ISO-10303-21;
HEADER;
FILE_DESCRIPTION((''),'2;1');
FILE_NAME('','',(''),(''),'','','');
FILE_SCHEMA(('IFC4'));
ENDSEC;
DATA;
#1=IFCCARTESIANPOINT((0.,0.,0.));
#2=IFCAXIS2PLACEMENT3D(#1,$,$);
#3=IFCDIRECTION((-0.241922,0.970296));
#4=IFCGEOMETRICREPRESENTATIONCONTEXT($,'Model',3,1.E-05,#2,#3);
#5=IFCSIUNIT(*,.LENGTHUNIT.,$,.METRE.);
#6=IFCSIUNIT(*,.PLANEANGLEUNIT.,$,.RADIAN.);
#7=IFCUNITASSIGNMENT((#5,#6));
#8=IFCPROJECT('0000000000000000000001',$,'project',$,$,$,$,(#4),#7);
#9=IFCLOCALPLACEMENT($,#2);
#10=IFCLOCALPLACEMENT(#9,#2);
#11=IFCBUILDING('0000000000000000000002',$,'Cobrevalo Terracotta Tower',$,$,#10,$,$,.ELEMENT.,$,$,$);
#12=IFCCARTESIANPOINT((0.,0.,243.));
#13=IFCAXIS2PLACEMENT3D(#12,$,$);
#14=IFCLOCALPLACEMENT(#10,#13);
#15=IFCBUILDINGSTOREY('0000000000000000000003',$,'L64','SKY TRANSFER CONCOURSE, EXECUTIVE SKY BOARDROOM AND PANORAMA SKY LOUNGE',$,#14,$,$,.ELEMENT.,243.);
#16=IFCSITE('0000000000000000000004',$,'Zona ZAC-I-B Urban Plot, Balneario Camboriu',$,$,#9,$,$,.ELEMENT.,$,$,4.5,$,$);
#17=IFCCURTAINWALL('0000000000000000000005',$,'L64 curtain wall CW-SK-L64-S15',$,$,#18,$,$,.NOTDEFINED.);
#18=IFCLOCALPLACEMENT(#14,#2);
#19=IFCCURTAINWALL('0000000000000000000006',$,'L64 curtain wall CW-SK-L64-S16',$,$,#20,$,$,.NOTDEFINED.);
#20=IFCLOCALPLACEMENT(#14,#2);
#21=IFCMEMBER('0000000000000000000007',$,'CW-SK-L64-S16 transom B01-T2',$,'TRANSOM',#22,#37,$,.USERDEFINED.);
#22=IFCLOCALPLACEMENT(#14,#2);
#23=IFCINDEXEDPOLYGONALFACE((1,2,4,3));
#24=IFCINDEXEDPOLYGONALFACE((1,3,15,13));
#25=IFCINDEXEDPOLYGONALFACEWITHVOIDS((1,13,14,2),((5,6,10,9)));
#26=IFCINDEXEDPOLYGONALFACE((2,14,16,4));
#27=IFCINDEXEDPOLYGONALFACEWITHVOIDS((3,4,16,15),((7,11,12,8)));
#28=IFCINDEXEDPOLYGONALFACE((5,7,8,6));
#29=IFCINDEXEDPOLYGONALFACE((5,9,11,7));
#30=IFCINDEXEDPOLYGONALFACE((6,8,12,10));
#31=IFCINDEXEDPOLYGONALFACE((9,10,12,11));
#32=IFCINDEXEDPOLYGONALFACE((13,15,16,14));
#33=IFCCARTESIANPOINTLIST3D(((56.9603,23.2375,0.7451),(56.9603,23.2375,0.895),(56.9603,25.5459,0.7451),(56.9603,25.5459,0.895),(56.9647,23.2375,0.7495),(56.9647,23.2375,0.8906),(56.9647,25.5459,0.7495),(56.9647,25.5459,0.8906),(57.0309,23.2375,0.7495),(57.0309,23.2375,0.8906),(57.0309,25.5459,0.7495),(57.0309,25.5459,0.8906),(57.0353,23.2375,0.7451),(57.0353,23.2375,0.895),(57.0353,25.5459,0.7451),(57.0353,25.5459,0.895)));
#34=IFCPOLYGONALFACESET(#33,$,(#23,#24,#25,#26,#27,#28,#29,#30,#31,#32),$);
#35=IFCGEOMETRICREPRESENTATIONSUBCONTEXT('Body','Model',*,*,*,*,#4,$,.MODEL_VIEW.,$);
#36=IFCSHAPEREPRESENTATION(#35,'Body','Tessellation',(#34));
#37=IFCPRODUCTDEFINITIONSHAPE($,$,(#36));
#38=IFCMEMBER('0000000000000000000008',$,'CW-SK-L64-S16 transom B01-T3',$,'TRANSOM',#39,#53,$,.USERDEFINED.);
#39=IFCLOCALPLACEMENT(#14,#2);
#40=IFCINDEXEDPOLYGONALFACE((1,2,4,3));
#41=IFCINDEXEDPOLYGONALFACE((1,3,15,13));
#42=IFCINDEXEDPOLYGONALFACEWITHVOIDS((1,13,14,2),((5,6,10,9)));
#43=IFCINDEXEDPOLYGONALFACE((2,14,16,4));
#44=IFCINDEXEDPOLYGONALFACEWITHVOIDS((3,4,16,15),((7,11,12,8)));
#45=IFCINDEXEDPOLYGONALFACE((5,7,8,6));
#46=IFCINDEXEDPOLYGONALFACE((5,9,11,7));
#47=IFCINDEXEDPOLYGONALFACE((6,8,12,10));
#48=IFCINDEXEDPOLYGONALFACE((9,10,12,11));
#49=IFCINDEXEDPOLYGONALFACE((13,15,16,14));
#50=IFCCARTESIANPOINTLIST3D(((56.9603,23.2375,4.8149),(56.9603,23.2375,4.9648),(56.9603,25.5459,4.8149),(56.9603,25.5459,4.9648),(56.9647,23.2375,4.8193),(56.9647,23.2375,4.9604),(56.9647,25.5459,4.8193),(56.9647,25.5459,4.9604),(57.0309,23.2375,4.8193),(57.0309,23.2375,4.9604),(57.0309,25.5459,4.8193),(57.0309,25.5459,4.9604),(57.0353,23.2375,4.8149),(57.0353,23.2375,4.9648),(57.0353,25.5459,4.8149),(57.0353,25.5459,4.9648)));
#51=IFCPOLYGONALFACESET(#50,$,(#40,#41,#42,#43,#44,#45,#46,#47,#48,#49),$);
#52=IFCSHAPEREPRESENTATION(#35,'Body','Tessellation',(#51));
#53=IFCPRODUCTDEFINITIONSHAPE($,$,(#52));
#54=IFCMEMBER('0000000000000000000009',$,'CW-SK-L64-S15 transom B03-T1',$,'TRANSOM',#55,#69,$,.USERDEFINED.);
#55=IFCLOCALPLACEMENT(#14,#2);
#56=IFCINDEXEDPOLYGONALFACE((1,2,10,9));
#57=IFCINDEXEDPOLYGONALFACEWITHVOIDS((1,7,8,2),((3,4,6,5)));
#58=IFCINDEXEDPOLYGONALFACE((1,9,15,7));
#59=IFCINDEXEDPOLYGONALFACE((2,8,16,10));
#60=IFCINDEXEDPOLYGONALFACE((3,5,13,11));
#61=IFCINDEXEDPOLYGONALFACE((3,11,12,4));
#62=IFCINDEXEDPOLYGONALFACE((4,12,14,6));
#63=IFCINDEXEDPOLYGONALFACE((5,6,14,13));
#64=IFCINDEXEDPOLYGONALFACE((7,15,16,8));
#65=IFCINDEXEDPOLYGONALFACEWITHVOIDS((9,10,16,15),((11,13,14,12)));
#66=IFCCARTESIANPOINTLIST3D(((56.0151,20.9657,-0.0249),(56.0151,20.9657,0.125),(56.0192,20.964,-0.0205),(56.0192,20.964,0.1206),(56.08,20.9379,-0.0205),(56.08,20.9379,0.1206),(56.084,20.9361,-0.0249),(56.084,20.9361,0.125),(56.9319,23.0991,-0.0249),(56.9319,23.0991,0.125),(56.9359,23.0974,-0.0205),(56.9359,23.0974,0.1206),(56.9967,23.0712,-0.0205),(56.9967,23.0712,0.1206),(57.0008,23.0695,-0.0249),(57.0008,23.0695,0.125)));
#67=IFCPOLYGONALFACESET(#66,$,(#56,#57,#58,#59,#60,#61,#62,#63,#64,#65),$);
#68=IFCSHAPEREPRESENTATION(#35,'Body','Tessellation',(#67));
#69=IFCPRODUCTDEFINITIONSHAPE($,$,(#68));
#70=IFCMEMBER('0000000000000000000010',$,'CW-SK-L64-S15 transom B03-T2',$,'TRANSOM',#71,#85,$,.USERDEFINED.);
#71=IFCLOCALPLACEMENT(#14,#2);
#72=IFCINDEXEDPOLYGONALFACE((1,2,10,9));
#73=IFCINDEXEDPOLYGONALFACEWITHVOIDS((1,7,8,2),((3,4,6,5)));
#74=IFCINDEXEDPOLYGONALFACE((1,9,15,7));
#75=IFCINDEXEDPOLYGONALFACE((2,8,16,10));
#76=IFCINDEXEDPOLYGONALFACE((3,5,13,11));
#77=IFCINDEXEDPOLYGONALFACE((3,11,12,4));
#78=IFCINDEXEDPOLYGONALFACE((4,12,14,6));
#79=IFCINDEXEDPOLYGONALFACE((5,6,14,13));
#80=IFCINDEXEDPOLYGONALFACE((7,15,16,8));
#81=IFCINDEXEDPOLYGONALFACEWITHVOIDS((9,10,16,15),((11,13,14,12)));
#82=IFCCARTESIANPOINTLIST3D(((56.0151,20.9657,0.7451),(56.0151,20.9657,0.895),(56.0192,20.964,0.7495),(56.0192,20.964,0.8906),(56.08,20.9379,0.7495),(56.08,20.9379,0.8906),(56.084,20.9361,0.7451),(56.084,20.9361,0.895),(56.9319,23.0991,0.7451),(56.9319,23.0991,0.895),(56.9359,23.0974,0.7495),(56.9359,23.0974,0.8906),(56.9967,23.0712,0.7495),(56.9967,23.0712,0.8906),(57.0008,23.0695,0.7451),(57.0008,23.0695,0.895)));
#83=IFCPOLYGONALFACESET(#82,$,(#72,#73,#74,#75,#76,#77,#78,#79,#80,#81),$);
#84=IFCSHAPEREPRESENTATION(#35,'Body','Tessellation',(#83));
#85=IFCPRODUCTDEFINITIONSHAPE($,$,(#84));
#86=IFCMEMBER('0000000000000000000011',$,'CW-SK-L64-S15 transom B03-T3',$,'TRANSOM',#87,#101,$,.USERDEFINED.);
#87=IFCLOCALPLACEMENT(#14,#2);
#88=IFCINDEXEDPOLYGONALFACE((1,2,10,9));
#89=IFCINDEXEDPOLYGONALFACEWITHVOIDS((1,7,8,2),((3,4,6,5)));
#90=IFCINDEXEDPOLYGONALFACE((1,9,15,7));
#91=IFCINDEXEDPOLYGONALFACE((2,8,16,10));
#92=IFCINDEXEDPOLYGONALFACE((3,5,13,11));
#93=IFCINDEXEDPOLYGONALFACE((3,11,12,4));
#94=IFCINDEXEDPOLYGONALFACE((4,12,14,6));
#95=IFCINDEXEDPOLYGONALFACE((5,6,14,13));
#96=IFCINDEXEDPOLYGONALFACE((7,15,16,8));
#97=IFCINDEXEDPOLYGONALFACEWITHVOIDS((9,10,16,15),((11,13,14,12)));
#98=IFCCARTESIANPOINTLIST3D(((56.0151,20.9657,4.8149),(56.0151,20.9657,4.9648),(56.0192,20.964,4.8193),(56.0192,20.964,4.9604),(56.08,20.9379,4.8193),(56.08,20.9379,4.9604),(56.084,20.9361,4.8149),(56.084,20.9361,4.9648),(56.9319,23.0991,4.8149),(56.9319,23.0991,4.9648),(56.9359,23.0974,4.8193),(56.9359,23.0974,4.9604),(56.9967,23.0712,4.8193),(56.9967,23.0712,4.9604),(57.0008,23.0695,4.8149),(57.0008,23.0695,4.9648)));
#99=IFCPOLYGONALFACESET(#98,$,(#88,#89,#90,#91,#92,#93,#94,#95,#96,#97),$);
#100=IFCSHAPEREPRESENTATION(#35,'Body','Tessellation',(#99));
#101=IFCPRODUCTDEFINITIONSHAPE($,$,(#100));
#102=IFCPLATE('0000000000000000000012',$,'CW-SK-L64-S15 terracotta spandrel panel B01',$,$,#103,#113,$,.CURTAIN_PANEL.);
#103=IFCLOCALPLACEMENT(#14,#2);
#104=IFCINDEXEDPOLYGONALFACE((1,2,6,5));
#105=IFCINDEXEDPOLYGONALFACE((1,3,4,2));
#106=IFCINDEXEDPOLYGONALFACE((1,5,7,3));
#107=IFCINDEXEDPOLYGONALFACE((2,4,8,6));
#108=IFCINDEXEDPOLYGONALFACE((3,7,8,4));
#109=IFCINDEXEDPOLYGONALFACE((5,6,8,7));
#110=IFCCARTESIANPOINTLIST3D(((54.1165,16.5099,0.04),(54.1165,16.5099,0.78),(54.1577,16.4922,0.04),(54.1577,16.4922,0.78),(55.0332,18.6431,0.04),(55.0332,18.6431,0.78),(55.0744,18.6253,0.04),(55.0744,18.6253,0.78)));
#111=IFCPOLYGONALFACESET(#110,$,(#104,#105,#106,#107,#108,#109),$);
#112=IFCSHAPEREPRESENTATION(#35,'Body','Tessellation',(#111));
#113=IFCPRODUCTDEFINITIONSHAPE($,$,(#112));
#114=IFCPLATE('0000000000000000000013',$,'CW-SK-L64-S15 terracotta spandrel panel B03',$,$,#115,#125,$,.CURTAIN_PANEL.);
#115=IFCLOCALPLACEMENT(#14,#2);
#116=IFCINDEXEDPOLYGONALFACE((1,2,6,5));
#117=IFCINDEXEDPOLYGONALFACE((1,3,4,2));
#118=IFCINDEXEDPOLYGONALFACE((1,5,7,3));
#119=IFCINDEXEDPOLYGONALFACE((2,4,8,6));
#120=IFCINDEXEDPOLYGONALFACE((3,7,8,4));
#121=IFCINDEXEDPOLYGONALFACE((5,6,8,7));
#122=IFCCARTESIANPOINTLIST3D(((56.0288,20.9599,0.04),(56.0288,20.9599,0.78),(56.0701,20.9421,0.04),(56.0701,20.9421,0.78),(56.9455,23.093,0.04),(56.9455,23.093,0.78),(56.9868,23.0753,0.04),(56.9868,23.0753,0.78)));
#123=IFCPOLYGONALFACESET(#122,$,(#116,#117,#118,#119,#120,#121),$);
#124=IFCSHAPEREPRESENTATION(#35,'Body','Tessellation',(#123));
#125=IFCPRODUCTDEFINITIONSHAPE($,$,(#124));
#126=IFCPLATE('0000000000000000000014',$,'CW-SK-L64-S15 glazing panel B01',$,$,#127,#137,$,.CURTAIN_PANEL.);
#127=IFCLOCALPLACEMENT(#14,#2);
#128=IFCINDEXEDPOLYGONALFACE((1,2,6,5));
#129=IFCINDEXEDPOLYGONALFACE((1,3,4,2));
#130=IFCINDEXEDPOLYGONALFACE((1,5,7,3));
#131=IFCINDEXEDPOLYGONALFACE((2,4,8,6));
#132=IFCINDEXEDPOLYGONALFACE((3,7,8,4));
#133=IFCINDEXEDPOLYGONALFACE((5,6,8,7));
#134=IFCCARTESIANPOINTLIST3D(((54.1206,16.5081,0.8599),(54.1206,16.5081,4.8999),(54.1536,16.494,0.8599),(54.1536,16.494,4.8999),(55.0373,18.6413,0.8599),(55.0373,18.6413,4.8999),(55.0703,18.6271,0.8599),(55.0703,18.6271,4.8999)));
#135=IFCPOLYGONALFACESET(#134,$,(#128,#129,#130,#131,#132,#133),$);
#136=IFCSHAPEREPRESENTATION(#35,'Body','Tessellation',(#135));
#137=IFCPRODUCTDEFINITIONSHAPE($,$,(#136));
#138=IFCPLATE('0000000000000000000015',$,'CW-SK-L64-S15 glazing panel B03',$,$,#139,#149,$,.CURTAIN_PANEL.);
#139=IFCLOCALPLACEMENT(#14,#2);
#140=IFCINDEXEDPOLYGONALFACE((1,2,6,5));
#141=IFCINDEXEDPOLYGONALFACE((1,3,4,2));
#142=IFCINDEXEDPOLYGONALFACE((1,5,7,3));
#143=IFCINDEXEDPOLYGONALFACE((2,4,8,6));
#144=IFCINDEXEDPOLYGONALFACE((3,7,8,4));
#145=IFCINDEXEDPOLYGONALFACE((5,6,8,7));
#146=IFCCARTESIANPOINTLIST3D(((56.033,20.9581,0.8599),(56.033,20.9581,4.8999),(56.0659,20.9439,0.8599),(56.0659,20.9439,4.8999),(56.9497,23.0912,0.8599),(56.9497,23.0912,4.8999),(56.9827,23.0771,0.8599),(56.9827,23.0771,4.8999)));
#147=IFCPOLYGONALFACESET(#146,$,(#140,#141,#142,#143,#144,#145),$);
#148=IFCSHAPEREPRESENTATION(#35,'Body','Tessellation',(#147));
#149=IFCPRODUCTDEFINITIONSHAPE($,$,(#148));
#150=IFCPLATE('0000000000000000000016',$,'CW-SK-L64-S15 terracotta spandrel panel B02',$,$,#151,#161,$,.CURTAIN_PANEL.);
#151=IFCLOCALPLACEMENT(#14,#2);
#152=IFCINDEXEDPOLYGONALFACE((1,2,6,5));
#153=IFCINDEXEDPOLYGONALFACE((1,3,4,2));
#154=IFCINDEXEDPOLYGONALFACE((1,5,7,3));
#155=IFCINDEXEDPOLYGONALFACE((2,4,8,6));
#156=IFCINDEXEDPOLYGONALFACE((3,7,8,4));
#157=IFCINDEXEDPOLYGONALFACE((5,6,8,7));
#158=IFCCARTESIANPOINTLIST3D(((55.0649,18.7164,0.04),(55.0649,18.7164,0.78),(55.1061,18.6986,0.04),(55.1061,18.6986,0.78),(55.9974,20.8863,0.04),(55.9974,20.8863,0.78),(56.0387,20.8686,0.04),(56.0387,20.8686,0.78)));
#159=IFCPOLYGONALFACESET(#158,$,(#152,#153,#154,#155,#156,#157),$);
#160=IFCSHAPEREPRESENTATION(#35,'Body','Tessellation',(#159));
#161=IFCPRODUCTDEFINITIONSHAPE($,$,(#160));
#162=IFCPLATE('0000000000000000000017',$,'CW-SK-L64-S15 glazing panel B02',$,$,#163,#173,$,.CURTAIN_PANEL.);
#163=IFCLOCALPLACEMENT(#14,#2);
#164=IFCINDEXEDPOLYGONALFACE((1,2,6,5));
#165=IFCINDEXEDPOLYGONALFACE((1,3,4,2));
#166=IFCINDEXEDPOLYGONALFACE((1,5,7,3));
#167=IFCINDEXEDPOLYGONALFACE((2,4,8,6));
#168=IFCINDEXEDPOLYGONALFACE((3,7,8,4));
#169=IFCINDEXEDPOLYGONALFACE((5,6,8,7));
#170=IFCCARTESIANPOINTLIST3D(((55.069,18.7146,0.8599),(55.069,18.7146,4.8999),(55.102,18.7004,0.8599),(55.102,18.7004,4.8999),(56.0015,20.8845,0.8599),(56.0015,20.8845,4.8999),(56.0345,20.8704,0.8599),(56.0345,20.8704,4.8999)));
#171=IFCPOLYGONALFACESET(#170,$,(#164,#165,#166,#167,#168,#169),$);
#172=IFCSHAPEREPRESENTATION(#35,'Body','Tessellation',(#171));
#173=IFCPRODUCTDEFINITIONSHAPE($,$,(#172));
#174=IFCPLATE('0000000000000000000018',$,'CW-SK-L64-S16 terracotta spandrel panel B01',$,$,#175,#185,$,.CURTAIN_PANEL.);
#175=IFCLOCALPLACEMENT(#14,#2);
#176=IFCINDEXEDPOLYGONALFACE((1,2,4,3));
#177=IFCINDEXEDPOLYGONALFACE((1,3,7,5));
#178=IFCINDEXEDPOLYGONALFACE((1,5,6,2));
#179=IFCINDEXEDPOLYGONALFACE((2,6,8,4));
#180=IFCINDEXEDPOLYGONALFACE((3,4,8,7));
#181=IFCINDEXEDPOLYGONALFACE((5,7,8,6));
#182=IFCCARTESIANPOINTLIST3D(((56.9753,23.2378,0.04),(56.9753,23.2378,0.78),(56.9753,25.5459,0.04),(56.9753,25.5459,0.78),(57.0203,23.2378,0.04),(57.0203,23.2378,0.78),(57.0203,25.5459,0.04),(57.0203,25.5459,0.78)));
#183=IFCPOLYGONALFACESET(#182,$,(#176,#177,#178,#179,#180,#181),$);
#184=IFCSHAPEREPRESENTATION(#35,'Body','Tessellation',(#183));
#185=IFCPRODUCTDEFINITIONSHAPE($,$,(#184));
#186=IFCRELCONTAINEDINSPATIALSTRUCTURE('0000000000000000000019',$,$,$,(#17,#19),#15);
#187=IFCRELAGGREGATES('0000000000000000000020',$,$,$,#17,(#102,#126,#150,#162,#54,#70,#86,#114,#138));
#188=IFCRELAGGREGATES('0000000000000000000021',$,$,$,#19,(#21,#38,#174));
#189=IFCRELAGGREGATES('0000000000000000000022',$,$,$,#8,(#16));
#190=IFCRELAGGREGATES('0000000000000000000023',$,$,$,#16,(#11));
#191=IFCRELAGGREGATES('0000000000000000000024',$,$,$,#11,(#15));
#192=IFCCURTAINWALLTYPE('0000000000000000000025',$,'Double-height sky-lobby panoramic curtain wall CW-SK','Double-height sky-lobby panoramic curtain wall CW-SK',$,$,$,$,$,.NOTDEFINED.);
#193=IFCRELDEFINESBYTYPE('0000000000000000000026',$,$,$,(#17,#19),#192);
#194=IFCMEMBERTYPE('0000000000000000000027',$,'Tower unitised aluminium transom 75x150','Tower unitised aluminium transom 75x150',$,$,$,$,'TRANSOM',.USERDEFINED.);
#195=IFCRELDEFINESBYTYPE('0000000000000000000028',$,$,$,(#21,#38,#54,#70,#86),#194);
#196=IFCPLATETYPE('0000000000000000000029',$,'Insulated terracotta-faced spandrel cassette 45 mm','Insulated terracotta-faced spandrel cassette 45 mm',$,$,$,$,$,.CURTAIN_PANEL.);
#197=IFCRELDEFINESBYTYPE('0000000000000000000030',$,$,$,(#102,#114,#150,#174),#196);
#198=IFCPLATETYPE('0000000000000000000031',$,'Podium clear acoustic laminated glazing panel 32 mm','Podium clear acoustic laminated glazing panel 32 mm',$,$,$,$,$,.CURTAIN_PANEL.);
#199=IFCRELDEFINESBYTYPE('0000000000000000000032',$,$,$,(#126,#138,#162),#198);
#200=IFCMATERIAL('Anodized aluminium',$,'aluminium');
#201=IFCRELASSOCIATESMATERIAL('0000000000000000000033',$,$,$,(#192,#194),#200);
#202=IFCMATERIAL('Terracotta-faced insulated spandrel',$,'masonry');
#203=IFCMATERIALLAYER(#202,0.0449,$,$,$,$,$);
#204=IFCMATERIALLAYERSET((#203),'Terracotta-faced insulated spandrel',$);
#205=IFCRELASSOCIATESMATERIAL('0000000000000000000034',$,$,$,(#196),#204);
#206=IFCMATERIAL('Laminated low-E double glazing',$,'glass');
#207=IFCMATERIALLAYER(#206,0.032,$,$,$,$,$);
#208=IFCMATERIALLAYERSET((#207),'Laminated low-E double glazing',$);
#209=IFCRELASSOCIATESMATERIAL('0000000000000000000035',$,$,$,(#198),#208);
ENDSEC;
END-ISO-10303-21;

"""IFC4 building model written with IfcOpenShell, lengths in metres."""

from ifc_helpers import new_model, si_unit, direction, frame, origin, origin_2d, place, context, subcontext, project, spatial, rectangle, hollow_rectangle, extrude, source, transform, mapped, material, layer, layer_set, material_profile, profile_set, type_object, element, aggregate, save


model = new_model("IFC4")

# Units and contexts
model_context = context("Model", 3, precision=1e-05, world=origin(), true_north=direction((-0.241922, 0.970296)))
body_context = subcontext(model_context, "Body", "Model", "MODEL_VIEW")
ifc_project = project(units=[si_unit("LENGTHUNIT", "METRE"), si_unit("PLANEANGLEUNIT", "RADIAN")], contexts=[model_context])

# Site, building, storey
site_placement = place(None, origin())
site = spatial("IfcSite", under=ifc_project, at=site_placement, Name="Zona ZAC-I-B Urban Plot, Balneario Camboriu", CompositionType="ELEMENT", RefElevation=4.5)
building_placement = place(site_placement, origin())
building = spatial("IfcBuilding", under=site, at=building_placement, Name="Cobrevalo Terracotta Tower", CompositionType="ELEMENT")
storey_placement = place(building_placement, frame((0.0, 0.0, 243.0)))
storey = spatial("IfcBuildingStorey", under=building, at=storey_placement, Name="L64", Description="SKY TRANSFER CONCOURSE, EXECUTIVE SKY BOARDROOM AND PANORAMA SKY LOUNGE", CompositionType="ELEMENT", Elevation=243.0)

# Curtain wall
ifc_material_1 = material(Name="Anodized aluminium", Category="aluminium")
curtain_wall_type = type_object("IfcCurtainWallType", Name="Double-height sky-lobby panoramic curtain wall CW-SK", Description="Double-height sky-lobby panoramic curtain wall CW-SK", PredefinedType="NOTDEFINED", material=ifc_material_1)
curtain_wall_1_placement = place(storey_placement, origin())
curtain_wall_1 = element("IfcCurtainWall", 1, at=curtain_wall_1_placement, inside=storey, type_object=curtain_wall_type, Name="L64 curtain wall CW-SK-L64-S15", PredefinedType="NOTDEFINED")

# Curtain wall
curtain_wall_2_placement = place(storey_placement, origin())
curtain_wall_2 = element("IfcCurtainWall", 2, at=curtain_wall_2_placement, inside=storey, type_object=curtain_wall_type, Name="L64 curtain wall CW-SK-L64-S16", PredefinedType="NOTDEFINED")

# Members
ifc_material_profile_1 = material_profile(ifc_material_1, hollow_rectangle(XDim=0.075, YDim=0.1499, WallThickness=0.0044, at=origin_2d()), Name="CWT 75x150")
ifc_profile_set_1 = profile_set([ifc_material_profile_1], Name="Anodized aluminium")
member_type_1 = type_object("IfcMemberType", Name="Tower unitised aluminium transom 75x150", Description="Tower unitised aluminium transom 75x150", ElementType="TRANSOM", PredefinedType="USERDEFINED", material=ifc_profile_set_1)
shared_shape_1 = source(origin(), body_context, "Body", "SweptSolid", [
    extrude(hollow_rectangle(XDim=0.075, YDim=0.1499, WallThickness=0.0044, at=origin_2d()), origin(), (0.0, 0.0, 1.0), 2.3083),
])
member_1_placement = place(storey_placement, frame((56.9978, 23.2375, 0.8201), z_axis=(0.0, 1.0, 0.0), x_axis=(-1.0, 0.0, 0.0)))
member_1 = element("IfcMember", 3, at=member_1_placement, type_object=member_type_1, Name="CW-SK-L64-S16 transom B01-T2", ObjectType="TRANSOM", PredefinedType="USERDEFINED", context=body_context, shape_type="MappedRepresentation", body=[
    mapped(shared_shape_1, transform((0.0, 0.0, 0.0), scale=1.0)),
])
member_2_placement = place(storey_placement, frame((56.9978, 23.2375, 4.8899), z_axis=(0.0, 1.0, 0.0), x_axis=(-1.0, 0.0, 0.0)))
member_2 = element("IfcMember", 4, at=member_2_placement, type_object=member_type_1, Name="CW-SK-L64-S16 transom B01-T3", ObjectType="TRANSOM", PredefinedType="USERDEFINED", context=body_context, shape_type="MappedRepresentation", body=[
    mapped(shared_shape_1, transform((0.0, 0.0, 0.0), scale=1.0)),
])
shared_shape_2 = source(origin(), body_context, "Body", "SweptSolid", [
    extrude(hollow_rectangle(XDim=0.075, YDim=0.1499, WallThickness=0.0044, at=origin_2d()), origin(), (0.0, 0.0, 1.0), 2.322),
])
member_3_placement = place(storey_placement, frame((56.0496, 20.9509, 0.05), z_axis=(0.39482, 0.918758, 0.0), x_axis=(-0.918758, 0.39482, 0.0)))
member_3 = element("IfcMember", 5, at=member_3_placement, type_object=member_type_1, Name="CW-SK-L64-S15 transom B03-T1", ObjectType="TRANSOM", PredefinedType="USERDEFINED", context=body_context, shape_type="MappedRepresentation", body=[
    mapped(shared_shape_2, transform((0.0, 0.0, 0.0), scale=1.0)),
])
member_4_placement = place(storey_placement, frame((56.0496, 20.9509, 0.8201), z_axis=(0.39482, 0.918758, 0.0), x_axis=(-0.918758, 0.39482, 0.0)))
member_4 = element("IfcMember", 6, at=member_4_placement, type_object=member_type_1, Name="CW-SK-L64-S15 transom B03-T2", ObjectType="TRANSOM", PredefinedType="USERDEFINED", context=body_context, shape_type="MappedRepresentation", body=[
    mapped(shared_shape_2, transform((0.0, 0.0, 0.0), scale=1.0)),
])
member_5_placement = place(storey_placement, frame((56.0496, 20.9509, 4.8899), z_axis=(0.39482, 0.918758, 0.0), x_axis=(-0.918758, 0.39482, 0.0)))
member_5 = element("IfcMember", 7, at=member_5_placement, type_object=member_type_1, Name="CW-SK-L64-S15 transom B03-T3", ObjectType="TRANSOM", PredefinedType="USERDEFINED", context=body_context, shape_type="MappedRepresentation", body=[
    mapped(shared_shape_2, transform((0.0, 0.0, 0.0), scale=1.0)),
])

# Plates
ifc_material_2 = material(Name="Terracotta-faced insulated spandrel", Category="masonry")
ifc_layer_1 = layer(ifc_material_2, 0.0449)
ifc_layer_set_1 = layer_set([ifc_layer_1], Name="Terracotta-faced insulated spandrel")
plate_type_1 = type_object("IfcPlateType", Name="Insulated terracotta-faced spandrel cassette 45 mm", Description="Insulated terracotta-faced spandrel cassette 45 mm", PredefinedType="CURTAIN_PANEL", material=ifc_layer_set_1)
shared_shape_3 = source(origin(), body_context, "Body", "SweptSolid", [
    extrude(rectangle(XDim=2.3218, YDim=0.0449, at=origin_2d()), origin(), (0.0, 0.0, 1.0), 0.74),
])
plate_1_placement = place(storey_placement, frame((54.5955, 17.5676, 0.04), z_axis=(0.0, 0.0, 1.0), x_axis=(0.394829, 0.918755, 0.0)))
plate_1 = element("IfcPlate", 8, at=plate_1_placement, type_object=plate_type_1, Name="CW-SK-L64-S15 terracotta spandrel panel B01", PredefinedType="CURTAIN_PANEL", context=body_context, shape_type="MappedRepresentation", body=[
    mapped(shared_shape_3, transform((0.0, 0.0, 0.0), scale=1.0)),
])
plate_2_placement = place(storey_placement, frame((56.5078, 22.0176, 0.04), z_axis=(0.0, 0.0, 1.0), x_axis=(0.394829, 0.918755, 0.0)))
plate_2 = element("IfcPlate", 9, at=plate_2_placement, type_object=plate_type_1, Name="CW-SK-L64-S15 terracotta spandrel panel B03", PredefinedType="CURTAIN_PANEL", context=body_context, shape_type="MappedRepresentation", body=[
    mapped(shared_shape_3, transform((0.0, 0.0, 0.0), scale=1.0)),
])
ifc_material_3 = material(Name="Laminated low-E double glazing", Category="glass")
ifc_layer_2 = layer(ifc_material_3, 0.032)
ifc_layer_set_2 = layer_set([ifc_layer_2], Name="Laminated low-E double glazing")
plate_type_2 = type_object("IfcPlateType", Name="Podium clear acoustic laminated glazing panel 32 mm", Description="Podium clear acoustic laminated glazing panel 32 mm", PredefinedType="CURTAIN_PANEL", material=ifc_layer_set_2)
shared_shape_4 = source(origin(), body_context, "Body", "SweptSolid", [
    extrude(rectangle(XDim=2.3218, YDim=0.0359, at=origin_2d()), origin(), (0.0, 0.0, 1.0), 4.04),
])
plate_3_placement = place(storey_placement, frame((54.5955, 17.5676, 0.8599), z_axis=(0.0, 0.0, 1.0), x_axis=(0.394829, 0.918755, 0.0)))
plate_3 = element("IfcPlate", 10, at=plate_3_placement, type_object=plate_type_2, Name="CW-SK-L64-S15 glazing panel B01", PredefinedType="CURTAIN_PANEL", context=body_context, shape_type="MappedRepresentation", body=[
    mapped(shared_shape_4, transform((0.0, 0.0, 0.0), scale=1.0)),
])
plate_4_placement = place(storey_placement, frame((56.5078, 22.0176, 0.8599), z_axis=(0.0, 0.0, 1.0), x_axis=(0.394829, 0.918755, 0.0)))
plate_4 = element("IfcPlate", 11, at=plate_4_placement, type_object=plate_type_2, Name="CW-SK-L64-S15 glazing panel B03", PredefinedType="CURTAIN_PANEL", context=body_context, shape_type="MappedRepresentation", body=[
    mapped(shared_shape_4, transform((0.0, 0.0, 0.0), scale=1.0)),
])
shared_shape_5 = source(origin(), body_context, "Body", "SweptSolid", [
    extrude(rectangle(XDim=2.3618, YDim=0.0449, at=origin_2d()), origin(), (0.0, 0.0, 1.0), 0.74),
])
plate_5_placement = place(storey_placement, frame((55.5518, 19.7925, 0.04), z_axis=(0.0, 0.0, 1.0), x_axis=(0.394829, 0.918755, 0.0)))
plate_5 = element("IfcPlate", 12, at=plate_5_placement, type_object=plate_type_1, Name="CW-SK-L64-S15 terracotta spandrel panel B02", PredefinedType="CURTAIN_PANEL", context=body_context, shape_type="MappedRepresentation", body=[
    mapped(shared_shape_5, transform((0.0, 0.0, 0.0), scale=1.0)),
])
shared_shape_6 = source(origin(), body_context, "Body", "SweptSolid", [
    extrude(rectangle(XDim=2.3618, YDim=0.0359, at=origin_2d()), origin(), (0.0, 0.0, 1.0), 4.04),
])
plate_6_placement = place(storey_placement, frame((55.5518, 19.7925, 0.8599), z_axis=(0.0, 0.0, 1.0), x_axis=(0.394829, 0.918755, 0.0)))
plate_6 = element("IfcPlate", 13, at=plate_6_placement, type_object=plate_type_2, Name="CW-SK-L64-S15 glazing panel B02", PredefinedType="CURTAIN_PANEL", context=body_context, shape_type="MappedRepresentation", body=[
    mapped(shared_shape_6, transform((0.0, 0.0, 0.0), scale=1.0)),
])
aggregate(curtain_wall_1, [plate_1, plate_3, plate_5, plate_6, member_3, member_4, member_5, plate_2, plate_4])
shared_shape_7 = source(origin(), body_context, "Body", "SweptSolid", [
    extrude(rectangle(XDim=2.3081, YDim=0.0449, at=origin_2d()), origin(), (0.0, 0.0, 1.0), 0.74),
])
plate_7_placement = place(storey_placement, frame((56.9978, 24.3918, 0.04), z_axis=(0.0, 0.0, 1.0), x_axis=(0.0, 1.0, 0.0)))
plate_7 = element("IfcPlate", 14, at=plate_7_placement, type_object=plate_type_1, Name="CW-SK-L64-S16 terracotta spandrel panel B01", PredefinedType="CURTAIN_PANEL", context=body_context, shape_type="MappedRepresentation", body=[
    mapped(shared_shape_7, transform((0.0, 0.0, 0.0), scale=1.0)),
])
aggregate(curtain_wall_2, [member_1, member_2, plate_7])

save(model, "model.ifc")
